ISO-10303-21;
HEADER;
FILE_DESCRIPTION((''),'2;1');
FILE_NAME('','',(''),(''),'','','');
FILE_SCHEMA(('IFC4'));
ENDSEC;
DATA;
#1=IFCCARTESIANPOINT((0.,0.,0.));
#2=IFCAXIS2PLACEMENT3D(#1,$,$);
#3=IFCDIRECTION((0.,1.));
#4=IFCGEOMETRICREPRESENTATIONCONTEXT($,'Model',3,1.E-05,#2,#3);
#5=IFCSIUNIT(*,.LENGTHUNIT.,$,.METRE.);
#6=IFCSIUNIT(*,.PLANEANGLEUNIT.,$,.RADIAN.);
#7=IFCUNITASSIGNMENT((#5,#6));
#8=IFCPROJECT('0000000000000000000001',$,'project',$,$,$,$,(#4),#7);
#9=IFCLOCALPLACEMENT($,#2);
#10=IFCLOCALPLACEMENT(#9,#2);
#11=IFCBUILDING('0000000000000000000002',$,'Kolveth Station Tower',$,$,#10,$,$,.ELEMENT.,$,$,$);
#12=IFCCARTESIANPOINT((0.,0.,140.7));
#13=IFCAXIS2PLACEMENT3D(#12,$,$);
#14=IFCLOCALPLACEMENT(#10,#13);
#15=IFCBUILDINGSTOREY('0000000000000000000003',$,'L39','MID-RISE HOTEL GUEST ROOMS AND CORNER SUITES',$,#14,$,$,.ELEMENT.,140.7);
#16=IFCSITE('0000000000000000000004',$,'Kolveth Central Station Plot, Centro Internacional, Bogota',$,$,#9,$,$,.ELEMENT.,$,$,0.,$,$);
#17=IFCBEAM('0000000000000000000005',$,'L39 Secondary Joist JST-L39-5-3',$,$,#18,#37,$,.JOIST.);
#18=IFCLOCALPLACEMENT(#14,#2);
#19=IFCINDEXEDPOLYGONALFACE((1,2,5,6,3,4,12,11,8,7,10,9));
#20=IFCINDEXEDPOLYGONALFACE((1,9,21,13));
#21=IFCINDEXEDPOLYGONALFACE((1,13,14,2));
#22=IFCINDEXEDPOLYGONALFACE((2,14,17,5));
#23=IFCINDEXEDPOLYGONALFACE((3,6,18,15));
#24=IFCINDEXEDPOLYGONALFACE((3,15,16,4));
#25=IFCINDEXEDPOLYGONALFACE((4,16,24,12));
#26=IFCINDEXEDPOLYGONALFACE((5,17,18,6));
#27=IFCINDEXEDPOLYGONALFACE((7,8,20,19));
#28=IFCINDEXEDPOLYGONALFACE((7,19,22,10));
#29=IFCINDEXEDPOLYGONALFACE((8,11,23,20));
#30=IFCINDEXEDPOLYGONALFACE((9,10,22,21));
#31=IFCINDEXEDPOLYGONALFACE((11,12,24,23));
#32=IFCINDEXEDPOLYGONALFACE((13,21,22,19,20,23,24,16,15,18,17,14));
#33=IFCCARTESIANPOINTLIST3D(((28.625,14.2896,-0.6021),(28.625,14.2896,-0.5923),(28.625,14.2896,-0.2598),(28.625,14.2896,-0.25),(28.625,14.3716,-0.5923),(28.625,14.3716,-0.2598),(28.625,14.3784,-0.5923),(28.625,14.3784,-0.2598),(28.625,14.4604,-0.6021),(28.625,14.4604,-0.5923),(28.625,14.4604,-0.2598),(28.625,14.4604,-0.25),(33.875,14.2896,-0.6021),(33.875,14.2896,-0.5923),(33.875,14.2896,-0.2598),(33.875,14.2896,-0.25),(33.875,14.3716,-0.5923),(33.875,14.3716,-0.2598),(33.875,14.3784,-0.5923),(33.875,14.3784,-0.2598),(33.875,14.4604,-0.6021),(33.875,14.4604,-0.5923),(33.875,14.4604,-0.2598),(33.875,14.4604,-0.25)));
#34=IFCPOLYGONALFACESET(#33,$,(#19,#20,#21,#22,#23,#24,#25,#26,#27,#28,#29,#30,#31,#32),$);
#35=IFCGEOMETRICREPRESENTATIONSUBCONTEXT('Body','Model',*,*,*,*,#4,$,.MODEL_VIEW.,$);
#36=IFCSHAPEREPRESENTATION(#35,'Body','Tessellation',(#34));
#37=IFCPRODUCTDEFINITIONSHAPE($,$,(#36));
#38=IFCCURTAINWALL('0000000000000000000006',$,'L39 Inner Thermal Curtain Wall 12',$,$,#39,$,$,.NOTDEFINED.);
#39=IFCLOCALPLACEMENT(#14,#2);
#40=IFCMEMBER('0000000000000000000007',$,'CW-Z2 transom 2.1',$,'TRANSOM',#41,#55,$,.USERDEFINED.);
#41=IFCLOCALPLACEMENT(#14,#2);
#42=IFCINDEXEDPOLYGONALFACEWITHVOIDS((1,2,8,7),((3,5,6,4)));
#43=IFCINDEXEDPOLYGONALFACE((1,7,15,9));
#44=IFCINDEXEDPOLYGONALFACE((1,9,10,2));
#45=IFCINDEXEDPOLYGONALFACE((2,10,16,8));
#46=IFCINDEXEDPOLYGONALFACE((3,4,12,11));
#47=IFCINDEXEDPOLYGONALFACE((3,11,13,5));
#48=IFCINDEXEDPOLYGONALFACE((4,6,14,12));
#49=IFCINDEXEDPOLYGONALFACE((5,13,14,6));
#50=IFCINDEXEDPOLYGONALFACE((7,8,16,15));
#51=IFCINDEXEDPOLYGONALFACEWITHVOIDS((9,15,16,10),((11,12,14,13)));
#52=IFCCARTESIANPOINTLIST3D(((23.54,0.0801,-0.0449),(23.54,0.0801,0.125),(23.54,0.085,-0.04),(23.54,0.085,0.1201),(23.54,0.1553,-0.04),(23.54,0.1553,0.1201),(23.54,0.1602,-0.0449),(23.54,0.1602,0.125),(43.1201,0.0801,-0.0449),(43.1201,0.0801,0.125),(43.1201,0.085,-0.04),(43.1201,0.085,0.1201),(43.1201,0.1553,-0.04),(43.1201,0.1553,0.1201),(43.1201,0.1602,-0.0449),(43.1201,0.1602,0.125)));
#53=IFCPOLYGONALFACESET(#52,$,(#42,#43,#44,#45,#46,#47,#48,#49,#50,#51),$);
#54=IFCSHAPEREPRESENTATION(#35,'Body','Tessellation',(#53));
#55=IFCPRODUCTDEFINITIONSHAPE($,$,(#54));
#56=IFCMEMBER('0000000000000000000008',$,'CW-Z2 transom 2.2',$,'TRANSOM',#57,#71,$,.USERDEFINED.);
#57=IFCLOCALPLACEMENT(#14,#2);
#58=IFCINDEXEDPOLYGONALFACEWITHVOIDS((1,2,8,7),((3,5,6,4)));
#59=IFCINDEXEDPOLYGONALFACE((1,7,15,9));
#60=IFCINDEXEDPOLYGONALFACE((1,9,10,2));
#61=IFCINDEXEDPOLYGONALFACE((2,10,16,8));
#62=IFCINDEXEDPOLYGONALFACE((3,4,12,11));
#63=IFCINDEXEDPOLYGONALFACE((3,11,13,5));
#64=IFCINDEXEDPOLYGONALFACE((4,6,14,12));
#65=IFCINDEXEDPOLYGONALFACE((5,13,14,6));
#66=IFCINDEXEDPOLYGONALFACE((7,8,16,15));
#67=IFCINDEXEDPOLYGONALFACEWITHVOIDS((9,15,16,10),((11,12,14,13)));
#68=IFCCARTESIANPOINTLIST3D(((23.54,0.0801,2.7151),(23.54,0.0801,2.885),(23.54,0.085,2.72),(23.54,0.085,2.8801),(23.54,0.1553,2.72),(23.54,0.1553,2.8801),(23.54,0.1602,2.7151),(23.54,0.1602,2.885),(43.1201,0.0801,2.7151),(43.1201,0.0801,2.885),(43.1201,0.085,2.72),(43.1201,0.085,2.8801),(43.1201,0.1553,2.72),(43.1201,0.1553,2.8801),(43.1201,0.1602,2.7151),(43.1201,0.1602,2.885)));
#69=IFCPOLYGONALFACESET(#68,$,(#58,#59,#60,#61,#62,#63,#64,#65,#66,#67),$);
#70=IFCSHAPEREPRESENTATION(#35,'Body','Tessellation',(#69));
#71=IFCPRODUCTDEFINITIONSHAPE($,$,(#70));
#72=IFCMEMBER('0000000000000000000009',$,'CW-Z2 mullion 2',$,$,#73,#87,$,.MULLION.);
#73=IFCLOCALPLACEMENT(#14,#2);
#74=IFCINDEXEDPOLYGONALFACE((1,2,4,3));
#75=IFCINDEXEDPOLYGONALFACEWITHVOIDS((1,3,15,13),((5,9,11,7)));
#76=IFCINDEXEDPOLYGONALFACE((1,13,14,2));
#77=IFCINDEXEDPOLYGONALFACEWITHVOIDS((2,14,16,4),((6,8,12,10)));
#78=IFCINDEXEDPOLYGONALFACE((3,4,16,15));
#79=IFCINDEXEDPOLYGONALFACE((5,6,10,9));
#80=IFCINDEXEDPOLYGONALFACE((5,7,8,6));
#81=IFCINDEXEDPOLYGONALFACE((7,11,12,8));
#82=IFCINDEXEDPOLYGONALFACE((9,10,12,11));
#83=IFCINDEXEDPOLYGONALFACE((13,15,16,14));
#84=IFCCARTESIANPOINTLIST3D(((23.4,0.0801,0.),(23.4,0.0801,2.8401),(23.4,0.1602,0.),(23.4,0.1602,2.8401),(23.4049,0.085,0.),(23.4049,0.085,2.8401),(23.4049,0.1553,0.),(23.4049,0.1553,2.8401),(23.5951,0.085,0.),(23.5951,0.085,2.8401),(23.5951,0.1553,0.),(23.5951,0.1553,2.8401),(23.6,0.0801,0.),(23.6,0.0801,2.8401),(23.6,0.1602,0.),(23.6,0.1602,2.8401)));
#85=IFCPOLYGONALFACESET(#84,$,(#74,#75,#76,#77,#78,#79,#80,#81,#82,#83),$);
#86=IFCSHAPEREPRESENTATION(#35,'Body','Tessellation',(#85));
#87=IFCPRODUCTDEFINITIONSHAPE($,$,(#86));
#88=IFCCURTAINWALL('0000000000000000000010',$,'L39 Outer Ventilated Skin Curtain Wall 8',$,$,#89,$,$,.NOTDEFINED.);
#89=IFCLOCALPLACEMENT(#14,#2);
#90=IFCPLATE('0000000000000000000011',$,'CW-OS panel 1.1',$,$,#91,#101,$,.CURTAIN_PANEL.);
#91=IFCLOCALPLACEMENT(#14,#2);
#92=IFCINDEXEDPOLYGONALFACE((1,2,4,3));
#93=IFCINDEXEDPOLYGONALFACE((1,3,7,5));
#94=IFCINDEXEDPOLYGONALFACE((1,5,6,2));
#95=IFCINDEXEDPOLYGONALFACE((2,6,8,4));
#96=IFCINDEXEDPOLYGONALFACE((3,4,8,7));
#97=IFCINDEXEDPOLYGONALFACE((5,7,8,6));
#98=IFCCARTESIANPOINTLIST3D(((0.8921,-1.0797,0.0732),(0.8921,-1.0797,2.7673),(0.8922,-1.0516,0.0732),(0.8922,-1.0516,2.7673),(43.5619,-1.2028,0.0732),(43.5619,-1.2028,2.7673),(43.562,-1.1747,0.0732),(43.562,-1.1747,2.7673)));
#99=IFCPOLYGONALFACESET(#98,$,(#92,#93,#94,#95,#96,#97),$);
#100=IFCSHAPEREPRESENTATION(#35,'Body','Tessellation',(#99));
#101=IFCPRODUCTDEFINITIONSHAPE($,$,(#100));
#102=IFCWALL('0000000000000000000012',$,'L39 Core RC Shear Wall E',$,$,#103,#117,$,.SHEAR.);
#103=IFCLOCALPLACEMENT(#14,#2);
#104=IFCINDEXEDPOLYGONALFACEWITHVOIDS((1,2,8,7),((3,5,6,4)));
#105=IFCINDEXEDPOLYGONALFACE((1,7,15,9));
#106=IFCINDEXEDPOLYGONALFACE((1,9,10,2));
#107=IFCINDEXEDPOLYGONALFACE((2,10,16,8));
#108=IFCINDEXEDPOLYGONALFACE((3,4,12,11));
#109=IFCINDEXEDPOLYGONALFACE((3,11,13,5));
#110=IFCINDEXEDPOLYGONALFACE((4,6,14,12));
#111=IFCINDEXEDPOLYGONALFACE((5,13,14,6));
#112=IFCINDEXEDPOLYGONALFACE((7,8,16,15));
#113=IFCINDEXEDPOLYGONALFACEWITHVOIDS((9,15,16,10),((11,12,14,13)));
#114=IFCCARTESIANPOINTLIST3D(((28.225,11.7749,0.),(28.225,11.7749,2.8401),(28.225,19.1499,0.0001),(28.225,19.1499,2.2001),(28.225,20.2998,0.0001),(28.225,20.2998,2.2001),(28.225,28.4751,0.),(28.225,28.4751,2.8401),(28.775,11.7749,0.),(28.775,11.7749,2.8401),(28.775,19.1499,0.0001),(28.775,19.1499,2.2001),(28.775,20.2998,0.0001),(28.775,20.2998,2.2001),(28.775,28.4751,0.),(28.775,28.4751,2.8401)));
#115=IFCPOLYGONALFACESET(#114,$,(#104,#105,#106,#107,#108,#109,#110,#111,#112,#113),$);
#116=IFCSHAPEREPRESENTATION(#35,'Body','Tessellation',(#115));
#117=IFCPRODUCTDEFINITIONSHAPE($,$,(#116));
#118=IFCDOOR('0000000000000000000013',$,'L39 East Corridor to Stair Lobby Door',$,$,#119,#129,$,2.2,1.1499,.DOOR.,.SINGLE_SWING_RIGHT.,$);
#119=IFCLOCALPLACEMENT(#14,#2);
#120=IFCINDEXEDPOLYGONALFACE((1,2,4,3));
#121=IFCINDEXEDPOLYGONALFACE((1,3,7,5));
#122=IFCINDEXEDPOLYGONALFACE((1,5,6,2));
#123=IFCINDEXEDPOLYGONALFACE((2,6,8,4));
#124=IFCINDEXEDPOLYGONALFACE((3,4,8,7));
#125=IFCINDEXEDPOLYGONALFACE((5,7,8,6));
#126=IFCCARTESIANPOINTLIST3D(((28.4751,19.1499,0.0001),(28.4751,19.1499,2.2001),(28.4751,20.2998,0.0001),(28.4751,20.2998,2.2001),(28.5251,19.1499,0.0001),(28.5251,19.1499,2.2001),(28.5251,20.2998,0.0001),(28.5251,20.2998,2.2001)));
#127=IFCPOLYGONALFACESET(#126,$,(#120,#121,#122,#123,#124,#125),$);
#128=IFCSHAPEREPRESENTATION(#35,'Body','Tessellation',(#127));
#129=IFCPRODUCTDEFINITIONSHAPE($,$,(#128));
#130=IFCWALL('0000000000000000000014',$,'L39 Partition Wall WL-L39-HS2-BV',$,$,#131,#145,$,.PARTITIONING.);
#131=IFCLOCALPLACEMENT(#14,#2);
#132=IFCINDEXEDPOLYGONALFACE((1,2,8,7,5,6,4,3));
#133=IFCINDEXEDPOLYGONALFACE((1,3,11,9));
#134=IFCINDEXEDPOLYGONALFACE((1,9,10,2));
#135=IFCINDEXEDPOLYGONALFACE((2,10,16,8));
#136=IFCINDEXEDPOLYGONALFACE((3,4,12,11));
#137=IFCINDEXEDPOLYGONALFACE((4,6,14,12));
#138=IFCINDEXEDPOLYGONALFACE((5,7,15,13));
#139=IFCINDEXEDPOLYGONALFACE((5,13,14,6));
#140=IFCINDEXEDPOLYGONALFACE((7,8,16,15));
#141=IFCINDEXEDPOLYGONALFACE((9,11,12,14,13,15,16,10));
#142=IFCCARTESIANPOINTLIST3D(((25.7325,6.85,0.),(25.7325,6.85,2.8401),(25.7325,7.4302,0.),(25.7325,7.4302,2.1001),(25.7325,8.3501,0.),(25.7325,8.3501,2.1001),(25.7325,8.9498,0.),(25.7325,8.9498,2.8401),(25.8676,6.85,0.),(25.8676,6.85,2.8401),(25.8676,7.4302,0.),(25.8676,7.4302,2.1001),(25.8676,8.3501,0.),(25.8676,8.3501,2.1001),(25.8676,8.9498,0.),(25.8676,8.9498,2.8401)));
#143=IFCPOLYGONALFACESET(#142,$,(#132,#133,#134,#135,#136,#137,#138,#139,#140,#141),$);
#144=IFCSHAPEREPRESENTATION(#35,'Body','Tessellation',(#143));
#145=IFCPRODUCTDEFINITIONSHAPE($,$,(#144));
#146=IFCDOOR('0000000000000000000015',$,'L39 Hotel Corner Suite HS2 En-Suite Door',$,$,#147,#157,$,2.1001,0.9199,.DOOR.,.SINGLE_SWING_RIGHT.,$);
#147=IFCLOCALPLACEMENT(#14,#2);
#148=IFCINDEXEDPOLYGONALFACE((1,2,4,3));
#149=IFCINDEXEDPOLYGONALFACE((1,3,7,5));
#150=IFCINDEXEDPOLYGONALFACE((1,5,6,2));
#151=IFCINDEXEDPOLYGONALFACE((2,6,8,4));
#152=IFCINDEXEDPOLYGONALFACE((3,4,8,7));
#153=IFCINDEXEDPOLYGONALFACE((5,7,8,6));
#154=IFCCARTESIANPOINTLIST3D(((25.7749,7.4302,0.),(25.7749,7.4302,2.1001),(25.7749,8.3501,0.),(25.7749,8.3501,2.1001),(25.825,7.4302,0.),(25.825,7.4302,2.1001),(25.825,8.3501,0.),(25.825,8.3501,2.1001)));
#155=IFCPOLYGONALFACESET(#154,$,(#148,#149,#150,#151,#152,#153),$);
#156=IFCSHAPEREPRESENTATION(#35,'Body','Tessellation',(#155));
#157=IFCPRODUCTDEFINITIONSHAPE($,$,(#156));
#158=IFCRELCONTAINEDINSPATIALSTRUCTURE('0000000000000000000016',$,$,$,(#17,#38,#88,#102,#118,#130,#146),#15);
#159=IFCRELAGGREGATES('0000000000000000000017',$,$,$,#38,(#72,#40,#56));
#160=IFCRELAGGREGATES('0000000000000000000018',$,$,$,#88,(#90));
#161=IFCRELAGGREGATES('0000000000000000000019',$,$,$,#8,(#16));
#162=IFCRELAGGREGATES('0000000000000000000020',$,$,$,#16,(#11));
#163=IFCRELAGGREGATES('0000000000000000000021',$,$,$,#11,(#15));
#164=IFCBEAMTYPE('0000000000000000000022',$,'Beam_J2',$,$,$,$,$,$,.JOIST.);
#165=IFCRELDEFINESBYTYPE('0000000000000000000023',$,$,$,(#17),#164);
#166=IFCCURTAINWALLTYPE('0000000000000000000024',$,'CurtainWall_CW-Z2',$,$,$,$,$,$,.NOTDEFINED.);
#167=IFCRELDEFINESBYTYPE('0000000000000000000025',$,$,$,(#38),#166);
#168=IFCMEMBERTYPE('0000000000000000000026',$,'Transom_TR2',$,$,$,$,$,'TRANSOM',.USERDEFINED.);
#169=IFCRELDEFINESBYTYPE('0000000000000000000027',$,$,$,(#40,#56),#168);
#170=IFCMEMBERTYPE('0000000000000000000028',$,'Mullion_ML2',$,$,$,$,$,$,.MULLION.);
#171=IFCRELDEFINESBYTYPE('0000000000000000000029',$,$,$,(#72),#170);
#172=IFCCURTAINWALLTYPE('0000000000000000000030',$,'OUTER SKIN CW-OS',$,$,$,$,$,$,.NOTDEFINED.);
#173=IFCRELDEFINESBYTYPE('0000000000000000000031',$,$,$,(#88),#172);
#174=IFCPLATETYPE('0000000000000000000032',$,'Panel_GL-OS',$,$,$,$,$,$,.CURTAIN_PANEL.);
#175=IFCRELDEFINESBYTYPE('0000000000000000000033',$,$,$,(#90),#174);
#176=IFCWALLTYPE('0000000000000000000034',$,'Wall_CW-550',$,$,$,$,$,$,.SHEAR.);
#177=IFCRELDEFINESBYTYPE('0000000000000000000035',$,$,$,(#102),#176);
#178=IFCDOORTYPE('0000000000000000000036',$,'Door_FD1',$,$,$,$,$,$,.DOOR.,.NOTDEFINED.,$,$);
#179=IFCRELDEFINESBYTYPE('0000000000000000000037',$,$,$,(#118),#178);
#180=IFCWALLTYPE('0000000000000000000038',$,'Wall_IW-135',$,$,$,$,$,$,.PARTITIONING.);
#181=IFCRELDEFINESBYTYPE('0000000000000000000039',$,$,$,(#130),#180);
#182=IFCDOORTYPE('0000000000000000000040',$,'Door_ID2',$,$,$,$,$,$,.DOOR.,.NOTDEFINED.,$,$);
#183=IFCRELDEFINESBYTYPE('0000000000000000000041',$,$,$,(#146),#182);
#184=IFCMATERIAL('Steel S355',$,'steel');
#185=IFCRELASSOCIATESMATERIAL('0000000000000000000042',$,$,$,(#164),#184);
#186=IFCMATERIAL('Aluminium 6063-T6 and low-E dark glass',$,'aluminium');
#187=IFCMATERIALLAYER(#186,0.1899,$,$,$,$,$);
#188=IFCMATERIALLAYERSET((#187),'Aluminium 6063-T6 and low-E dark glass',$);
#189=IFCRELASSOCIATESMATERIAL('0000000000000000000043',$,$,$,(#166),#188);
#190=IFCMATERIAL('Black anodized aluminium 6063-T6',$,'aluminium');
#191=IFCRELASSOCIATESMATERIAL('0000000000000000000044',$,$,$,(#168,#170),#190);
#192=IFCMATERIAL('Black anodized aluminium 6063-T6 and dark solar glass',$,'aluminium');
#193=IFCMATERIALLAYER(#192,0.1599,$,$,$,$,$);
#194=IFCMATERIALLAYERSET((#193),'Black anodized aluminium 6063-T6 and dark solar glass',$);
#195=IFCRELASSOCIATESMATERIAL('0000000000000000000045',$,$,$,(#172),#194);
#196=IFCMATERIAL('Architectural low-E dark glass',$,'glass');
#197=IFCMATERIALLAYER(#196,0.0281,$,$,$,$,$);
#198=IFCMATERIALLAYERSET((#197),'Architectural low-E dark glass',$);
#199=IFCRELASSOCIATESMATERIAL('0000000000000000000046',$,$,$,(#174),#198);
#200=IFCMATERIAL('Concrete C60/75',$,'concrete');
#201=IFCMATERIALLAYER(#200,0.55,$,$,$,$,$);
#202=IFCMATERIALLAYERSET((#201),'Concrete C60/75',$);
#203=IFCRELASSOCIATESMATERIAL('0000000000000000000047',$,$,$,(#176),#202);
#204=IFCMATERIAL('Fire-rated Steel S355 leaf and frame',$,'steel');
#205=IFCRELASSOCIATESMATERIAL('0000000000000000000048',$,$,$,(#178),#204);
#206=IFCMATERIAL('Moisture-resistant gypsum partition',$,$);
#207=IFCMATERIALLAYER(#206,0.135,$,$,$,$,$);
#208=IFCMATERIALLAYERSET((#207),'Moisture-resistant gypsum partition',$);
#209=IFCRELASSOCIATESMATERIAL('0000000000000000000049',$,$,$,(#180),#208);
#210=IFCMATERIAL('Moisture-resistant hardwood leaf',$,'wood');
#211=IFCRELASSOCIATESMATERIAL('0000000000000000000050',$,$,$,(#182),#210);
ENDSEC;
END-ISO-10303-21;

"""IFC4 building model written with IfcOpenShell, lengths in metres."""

from ifc_helpers import new_model, si_unit, direction, frame, frame_2d, origin, origin_2d, place, context, subcontext, project, spatial, rectangle, hollow_rectangle, i_section, extrude, source, transform, mapped, material, layer, layer_set, material_profile, profile_set, type_object, element, fill, aggregate, save


model = new_model("IFC4")

# Units and contexts
model_context = context("Model", 3, precision=1e-05, world=origin(), true_north=direction((0.0, 1.0)))
body_context = subcontext(model_context, "Body", "Model", "MODEL_VIEW")
ifc_project = project(units=[si_unit("LENGTHUNIT", "METRE"), si_unit("PLANEANGLEUNIT", "RADIAN")], contexts=[model_context])

# Site, building, storey
site_placement = place(None, origin())
site = spatial("IfcSite", under=ifc_project, at=site_placement, Name="Kolveth Central Station Plot, Centro Internacional, Bogota", CompositionType="ELEMENT", RefElevation=0.0)
building_placement = place(site_placement, origin())
building = spatial("IfcBuilding", under=site, at=building_placement, Name="Kolveth Station Tower", CompositionType="ELEMENT")
storey_placement = place(building_placement, frame((0.0, 0.0, 140.7)))
storey = spatial("IfcBuildingStorey", under=building, at=storey_placement, Name="L39", Description="MID-RISE HOTEL GUEST ROOMS AND CORNER SUITES", CompositionType="ELEMENT", Elevation=140.7)

# Shared definitions
ifc_material_1 = material(Name="Steel S355", Category="steel")

# Beam
ifc_material_profile_1 = material_profile(ifc_material_1, i_section(OverallWidth=0.1709, OverallDepth=0.3521, WebThickness=0.0068, FlangeThickness=0.0098, at=origin_2d()), Name="W360x44")
ifc_profile_set_1 = profile_set([ifc_material_profile_1], Name="Steel S355")
beam_type_1 = type_object("IfcBeamType", Name="Beam_J2", PredefinedType="JOIST", material=ifc_profile_set_1)
shared_shape_1 = source(origin(), body_context, "Body", "SweptSolid", [
    extrude(i_section(OverallWidth=0.1709, OverallDepth=0.3521, WebThickness=0.0068, FlangeThickness=0.0098, at=origin_2d()), origin(), (0.0, 0.0, 1.0), 5.25),
])
for number, where, z_axis, x_axis, name in (
    (1, (28.625, 14.375, -0.426), (1.0, 0.0, 0.0), (0.0, 1.0, 0.0), "L39 Secondary Joist JST-L39-5-3"),
):
    element("IfcBeam", number, at=place(storey_placement, frame(where, z_axis=z_axis, x_axis=x_axis)), inside=storey, type_object=beam_type_1, Name=name, PredefinedType="JOIST", context=body_context, shape_type="MappedRepresentation", body=[
        mapped(shared_shape_1, transform((0.0, 0.0, 0.0), x_axis=(1.0, 0.0, 0.0), y_axis=(0.0, 1.0, 0.0), z_axis=(0.0, 0.0, 1.0), scale=1.0)),
    ])

# Curtain wall, members
ifc_material_2 = material(Name="Aluminium 6063-T6 and low-E dark glass", Category="aluminium")
ifc_layer_1 = layer(ifc_material_2, 0.1899)
ifc_layer_set_1 = layer_set([ifc_layer_1], Name="Aluminium 6063-T6 and low-E dark glass")
curtain_wall_type_1 = type_object("IfcCurtainWallType", Name="CurtainWall_CW-Z2", PredefinedType="NOTDEFINED", material=ifc_layer_set_1)
curtain_wall_1_placement = place(storey_placement, origin())
curtain_wall_1 = element("IfcCurtainWall", 2, at=curtain_wall_1_placement, inside=storey, type_object=curtain_wall_type_1, Name="L39 Inner Thermal Curtain Wall 12", PredefinedType="NOTDEFINED")
ifc_material_3 = material(Name="Black anodized aluminium 6063-T6", Category="aluminium")
ifc_material_profile_2 = material_profile(ifc_material_3, hollow_rectangle(XDim=0.0801, YDim=0.1699, WallThickness=0.0049, at=origin_2d()), Name="ALU-80x170x5")
ifc_profile_set_2 = profile_set([ifc_material_profile_2], Name="Black anodized aluminium 6063-T6")
member_type_1 = type_object("IfcMemberType", Name="Transom_TR2", ElementType="TRANSOM", PredefinedType="USERDEFINED", material=ifc_profile_set_2)
shared_shape_2 = source(origin(), body_context, "Body", "SweptSolid", [
    extrude(hollow_rectangle(XDim=0.0801, YDim=0.1699, WallThickness=0.0049, at=origin_2d()), origin(), (0.0, 0.0, 1.0), 19.5801),
])
member_1_placement = place(storey_placement, frame((23.54, 0.1201, 0.04), z_axis=(1.0, 0.0, 0.0), x_axis=(0.0, 1.0, 0.0)))
member_1 = element("IfcMember", 3, at=member_1_placement, type_object=member_type_1, Name="CW-Z2 transom 2.1", ObjectType="TRANSOM", PredefinedType="USERDEFINED", context=body_context, shape_type="MappedRepresentation", body=[
    mapped(shared_shape_2, transform((0.0, 0.0, 0.0), x_axis=(1.0, 0.0, 0.0), y_axis=(0.0, 1.0, 0.0), z_axis=(0.0, 0.0, 1.0), scale=1.0)),
])
member_2_placement = place(storey_placement, frame((23.54, 0.1201, 2.8), z_axis=(1.0, 0.0, 0.0), x_axis=(0.0, 1.0, 0.0)))
member_2 = element("IfcMember", 4, at=member_2_placement, type_object=member_type_1, Name="CW-Z2 transom 2.2", ObjectType="TRANSOM", PredefinedType="USERDEFINED", context=body_context, shape_type="MappedRepresentation", body=[
    mapped(shared_shape_2, transform((0.0, 0.0, 0.0), x_axis=(1.0, 0.0, 0.0), y_axis=(0.0, 1.0, 0.0), z_axis=(0.0, 0.0, 1.0), scale=1.0)),
])
ifc_material_profile_3 = material_profile(ifc_material_3, hollow_rectangle(XDim=0.0801, YDim=0.2, WallThickness=0.0049, at=origin_2d()), Name="ALU-80x200x5")
ifc_profile_set_3 = profile_set([ifc_material_profile_3], Name="Black anodized aluminium 6063-T6")
member_type_2 = type_object("IfcMemberType", Name="Mullion_ML2", PredefinedType="MULLION", material=ifc_profile_set_3)
shared_shape_3 = source(origin(), body_context, "Body", "SweptSolid", [
    extrude(hollow_rectangle(XDim=0.0801, YDim=0.2, WallThickness=0.0049, at=origin_2d()), origin(), (0.0, 0.0, 1.0), 2.8401),
])
member_3_placement = place(storey_placement, frame((23.5, 0.1201, 0.0), z_axis=(0.0, 0.0, 1.0), x_axis=(0.0, 1.0, 0.0)))
member_3 = element("IfcMember", 5, at=member_3_placement, type_object=member_type_2, Name="CW-Z2 mullion 2", PredefinedType="MULLION", context=body_context, shape_type="MappedRepresentation", body=[
    mapped(shared_shape_3, transform((0.0, 0.0, 0.0), x_axis=(1.0, 0.0, 0.0), y_axis=(0.0, 1.0, 0.0), z_axis=(0.0, 0.0, 1.0), scale=1.0)),
])
aggregate(curtain_wall_1, [member_3, member_1, member_2])

# Curtain wall, plate
ifc_material_4 = material(Name="Black anodized aluminium 6063-T6 and dark solar glass", Category="aluminium")
ifc_layer_2 = layer(ifc_material_4, 0.1599)
ifc_layer_set_2 = layer_set([ifc_layer_2], Name="Black anodized aluminium 6063-T6 and dark solar glass")
curtain_wall_type_2 = type_object("IfcCurtainWallType", Name="OUTER SKIN CW-OS", PredefinedType="NOTDEFINED", material=ifc_layer_set_2)
curtain_wall_2_placement = place(storey_placement, origin())
curtain_wall_2 = element("IfcCurtainWall", 6, at=curtain_wall_2_placement, inside=storey, type_object=curtain_wall_type_2, Name="L39 Outer Ventilated Skin Curtain Wall 8", PredefinedType="NOTDEFINED")
ifc_material_5 = material(Name="Architectural low-E dark glass", Category="glass")
ifc_layer_3 = layer(ifc_material_5, 0.0281)
ifc_layer_set_3 = layer_set([ifc_layer_3], Name="Architectural low-E dark glass")
plate_type = type_object("IfcPlateType", Name="Panel_GL-OS", PredefinedType="CURTAIN_PANEL", material=ifc_layer_set_3)
shared_shape_4 = source(origin(), body_context, "Body", "SweptSolid", [
    extrude(rectangle(XDim=42.6699, YDim=0.0281, at=origin_2d()), origin(), (0.0, 0.0, 1.0), 2.6941),
])
plate_placement = place(storey_placement, frame((22.2271, -1.1272, 0.0732), z_axis=(0.0, 0.0, 1.0), x_axis=(0.999996, -0.002885, 0.0)))
plate = element("IfcPlate", 7, at=plate_placement, type_object=plate_type, Name="CW-OS panel 1.1", PredefinedType="CURTAIN_PANEL", context=body_context, shape_type="MappedRepresentation", body=[
    mapped(shared_shape_4, transform((0.0, 0.0, 0.0), x_axis=(1.0, 0.0, 0.0), y_axis=(0.0, 1.0, 0.0), z_axis=(0.0, 0.0, 1.0), scale=1.0)),
])
aggregate(curtain_wall_2, [plate])

# Walls, openings, doors
ifc_material_6 = material(Name="Concrete C60/75", Category="concrete")
ifc_layer_4 = layer(ifc_material_6, 0.55)
ifc_layer_set_4 = layer_set([ifc_layer_4], Name="Concrete C60/75")
wall_type_1 = type_object("IfcWallType", Name="Wall_CW-550", PredefinedType="SHEAR", material=ifc_layer_set_4)
wall_1_placement = place(storey_placement, frame((28.5, 11.7749, 0.0), z_axis=(0.0, 0.0, 1.0), x_axis=(0.0, 1.0, 0.0)))
wall_1 = element("IfcWall", 8, at=wall_1_placement, inside=storey, type_object=wall_type_1, Name="L39 Core RC Shear Wall E", PredefinedType="SHEAR", context=body_context, shape_type="SweptSolid", body=[
    extrude(rectangle(XDim=16.7002, YDim=0.55, at=frame_2d((8.3501, 0.0))), origin(), (0.0, 0.0, 1.0), 2.8401),
])
opening_1_placement = place(wall_1_placement, frame((7.375, 0.0, 0.0)))
opening_1 = element("IfcOpeningElement", 9, at=opening_1_placement, cuts=wall_1, PredefinedType="OPENING", context=body_context, shape_type="SweptSolid", body=[
    extrude(rectangle(XDim=1.1499, YDim=2.2, at=frame_2d((0.575, 1.1001))), frame((0.0, 0.2849, 0.0), z_axis=(0.0, -1.0, 0.0), x_axis=(1.0, 0.0, 0.0)), (0.0, 0.0, 1.0), 0.5701),
])
ifc_material_7 = material(Name="Fire-rated Steel S355 leaf and frame", Category="steel")
door_type_1 = type_object("IfcDoorType", Name="Door_FD1", OperationType="NOTDEFINED", PredefinedType="DOOR", material=ifc_material_7)
door_1_placement = place(opening_1_placement, origin())
door_1 = element("IfcDoor", 10, at=door_1_placement, inside=storey, type_object=door_type_1, Name="L39 East Corridor to Stair Lobby Door", OperationType="SINGLE_SWING_RIGHT", OverallHeight=2.2, OverallWidth=1.1499, PredefinedType="DOOR", context=body_context, shape_type="SweptSolid", body=[
    extrude(rectangle(XDim=1.1499, YDim=2.2, at=frame_2d((0.575, 1.1001))), frame((0.0, 0.0249, 0.0), z_axis=(0.0, -1.0, 0.0), x_axis=(1.0, 0.0, 0.0)), (0.0, 0.0, 1.0), 0.05),
])
fill(opening_1, door_1)
ifc_material_8 = material(Name="Moisture-resistant gypsum partition")
ifc_layer_5 = layer(ifc_material_8, 0.135)
ifc_layer_set_5 = layer_set([ifc_layer_5], Name="Moisture-resistant gypsum partition")
wall_type_2 = type_object("IfcWallType", Name="Wall_IW-135", PredefinedType="PARTITIONING", material=ifc_layer_set_5)
wall_2_placement = place(storey_placement, frame((25.8, 6.8501, 0.0), z_axis=(0.0, 0.0, 1.0), x_axis=(0.0, 1.0, 0.0)))
wall_2 = element("IfcWall", 11, at=wall_2_placement, inside=storey, type_object=wall_type_2, Name="L39 Partition Wall WL-L39-HS2-BV", PredefinedType="PARTITIONING", context=body_context, shape_type="SweptSolid", body=[
    extrude(rectangle(XDim=2.0999, YDim=0.135, at=frame_2d((1.0498, 0.0))), origin(), (0.0, 0.0, 1.0), 2.8401),
])
opening_2_placement = place(wall_2_placement, frame((0.5801, 0.0, 0.0)))
opening_2 = element("IfcOpeningElement", 12, at=opening_2_placement, cuts=wall_2, PredefinedType="OPENING", context=body_context, shape_type="SweptSolid", body=[
    extrude(rectangle(XDim=0.9199, YDim=2.1001, at=frame_2d((0.46, 1.05))), frame((0.0, 0.0774, 0.0), z_axis=(0.0, -1.0, 0.0), x_axis=(1.0, 0.0, 0.0)), (0.0, 0.0, 1.0), 0.155),
])
ifc_material_9 = material(Name="Moisture-resistant hardwood leaf", Category="wood")
door_type_2 = type_object("IfcDoorType", Name="Door_ID2", OperationType="NOTDEFINED", PredefinedType="DOOR", material=ifc_material_9)
door_2_placement = place(opening_2_placement, frame((0.9199, 0.0, 0.0), z_axis=(0.0, 0.0, 1.0), x_axis=(-1.0, 0.0, 0.0)))
door_2 = element("IfcDoor", 13, at=door_2_placement, inside=storey, type_object=door_type_2, Name="L39 Hotel Corner Suite HS2 En-Suite Door", OperationType="SINGLE_SWING_RIGHT", OverallHeight=2.1001, OverallWidth=0.9199, PredefinedType="DOOR", context=body_context, shape_type="SweptSolid", body=[
    extrude(rectangle(XDim=0.9199, YDim=2.1001, at=frame_2d((0.46, 1.05))), frame((0.0, 0.0249, 0.0), z_axis=(0.0, -1.0, 0.0), x_axis=(1.0, 0.0, 0.0)), (0.0, 0.0, 1.0), 0.05),
])
fill(opening_2, door_2)

save(model, "model.ifc")
